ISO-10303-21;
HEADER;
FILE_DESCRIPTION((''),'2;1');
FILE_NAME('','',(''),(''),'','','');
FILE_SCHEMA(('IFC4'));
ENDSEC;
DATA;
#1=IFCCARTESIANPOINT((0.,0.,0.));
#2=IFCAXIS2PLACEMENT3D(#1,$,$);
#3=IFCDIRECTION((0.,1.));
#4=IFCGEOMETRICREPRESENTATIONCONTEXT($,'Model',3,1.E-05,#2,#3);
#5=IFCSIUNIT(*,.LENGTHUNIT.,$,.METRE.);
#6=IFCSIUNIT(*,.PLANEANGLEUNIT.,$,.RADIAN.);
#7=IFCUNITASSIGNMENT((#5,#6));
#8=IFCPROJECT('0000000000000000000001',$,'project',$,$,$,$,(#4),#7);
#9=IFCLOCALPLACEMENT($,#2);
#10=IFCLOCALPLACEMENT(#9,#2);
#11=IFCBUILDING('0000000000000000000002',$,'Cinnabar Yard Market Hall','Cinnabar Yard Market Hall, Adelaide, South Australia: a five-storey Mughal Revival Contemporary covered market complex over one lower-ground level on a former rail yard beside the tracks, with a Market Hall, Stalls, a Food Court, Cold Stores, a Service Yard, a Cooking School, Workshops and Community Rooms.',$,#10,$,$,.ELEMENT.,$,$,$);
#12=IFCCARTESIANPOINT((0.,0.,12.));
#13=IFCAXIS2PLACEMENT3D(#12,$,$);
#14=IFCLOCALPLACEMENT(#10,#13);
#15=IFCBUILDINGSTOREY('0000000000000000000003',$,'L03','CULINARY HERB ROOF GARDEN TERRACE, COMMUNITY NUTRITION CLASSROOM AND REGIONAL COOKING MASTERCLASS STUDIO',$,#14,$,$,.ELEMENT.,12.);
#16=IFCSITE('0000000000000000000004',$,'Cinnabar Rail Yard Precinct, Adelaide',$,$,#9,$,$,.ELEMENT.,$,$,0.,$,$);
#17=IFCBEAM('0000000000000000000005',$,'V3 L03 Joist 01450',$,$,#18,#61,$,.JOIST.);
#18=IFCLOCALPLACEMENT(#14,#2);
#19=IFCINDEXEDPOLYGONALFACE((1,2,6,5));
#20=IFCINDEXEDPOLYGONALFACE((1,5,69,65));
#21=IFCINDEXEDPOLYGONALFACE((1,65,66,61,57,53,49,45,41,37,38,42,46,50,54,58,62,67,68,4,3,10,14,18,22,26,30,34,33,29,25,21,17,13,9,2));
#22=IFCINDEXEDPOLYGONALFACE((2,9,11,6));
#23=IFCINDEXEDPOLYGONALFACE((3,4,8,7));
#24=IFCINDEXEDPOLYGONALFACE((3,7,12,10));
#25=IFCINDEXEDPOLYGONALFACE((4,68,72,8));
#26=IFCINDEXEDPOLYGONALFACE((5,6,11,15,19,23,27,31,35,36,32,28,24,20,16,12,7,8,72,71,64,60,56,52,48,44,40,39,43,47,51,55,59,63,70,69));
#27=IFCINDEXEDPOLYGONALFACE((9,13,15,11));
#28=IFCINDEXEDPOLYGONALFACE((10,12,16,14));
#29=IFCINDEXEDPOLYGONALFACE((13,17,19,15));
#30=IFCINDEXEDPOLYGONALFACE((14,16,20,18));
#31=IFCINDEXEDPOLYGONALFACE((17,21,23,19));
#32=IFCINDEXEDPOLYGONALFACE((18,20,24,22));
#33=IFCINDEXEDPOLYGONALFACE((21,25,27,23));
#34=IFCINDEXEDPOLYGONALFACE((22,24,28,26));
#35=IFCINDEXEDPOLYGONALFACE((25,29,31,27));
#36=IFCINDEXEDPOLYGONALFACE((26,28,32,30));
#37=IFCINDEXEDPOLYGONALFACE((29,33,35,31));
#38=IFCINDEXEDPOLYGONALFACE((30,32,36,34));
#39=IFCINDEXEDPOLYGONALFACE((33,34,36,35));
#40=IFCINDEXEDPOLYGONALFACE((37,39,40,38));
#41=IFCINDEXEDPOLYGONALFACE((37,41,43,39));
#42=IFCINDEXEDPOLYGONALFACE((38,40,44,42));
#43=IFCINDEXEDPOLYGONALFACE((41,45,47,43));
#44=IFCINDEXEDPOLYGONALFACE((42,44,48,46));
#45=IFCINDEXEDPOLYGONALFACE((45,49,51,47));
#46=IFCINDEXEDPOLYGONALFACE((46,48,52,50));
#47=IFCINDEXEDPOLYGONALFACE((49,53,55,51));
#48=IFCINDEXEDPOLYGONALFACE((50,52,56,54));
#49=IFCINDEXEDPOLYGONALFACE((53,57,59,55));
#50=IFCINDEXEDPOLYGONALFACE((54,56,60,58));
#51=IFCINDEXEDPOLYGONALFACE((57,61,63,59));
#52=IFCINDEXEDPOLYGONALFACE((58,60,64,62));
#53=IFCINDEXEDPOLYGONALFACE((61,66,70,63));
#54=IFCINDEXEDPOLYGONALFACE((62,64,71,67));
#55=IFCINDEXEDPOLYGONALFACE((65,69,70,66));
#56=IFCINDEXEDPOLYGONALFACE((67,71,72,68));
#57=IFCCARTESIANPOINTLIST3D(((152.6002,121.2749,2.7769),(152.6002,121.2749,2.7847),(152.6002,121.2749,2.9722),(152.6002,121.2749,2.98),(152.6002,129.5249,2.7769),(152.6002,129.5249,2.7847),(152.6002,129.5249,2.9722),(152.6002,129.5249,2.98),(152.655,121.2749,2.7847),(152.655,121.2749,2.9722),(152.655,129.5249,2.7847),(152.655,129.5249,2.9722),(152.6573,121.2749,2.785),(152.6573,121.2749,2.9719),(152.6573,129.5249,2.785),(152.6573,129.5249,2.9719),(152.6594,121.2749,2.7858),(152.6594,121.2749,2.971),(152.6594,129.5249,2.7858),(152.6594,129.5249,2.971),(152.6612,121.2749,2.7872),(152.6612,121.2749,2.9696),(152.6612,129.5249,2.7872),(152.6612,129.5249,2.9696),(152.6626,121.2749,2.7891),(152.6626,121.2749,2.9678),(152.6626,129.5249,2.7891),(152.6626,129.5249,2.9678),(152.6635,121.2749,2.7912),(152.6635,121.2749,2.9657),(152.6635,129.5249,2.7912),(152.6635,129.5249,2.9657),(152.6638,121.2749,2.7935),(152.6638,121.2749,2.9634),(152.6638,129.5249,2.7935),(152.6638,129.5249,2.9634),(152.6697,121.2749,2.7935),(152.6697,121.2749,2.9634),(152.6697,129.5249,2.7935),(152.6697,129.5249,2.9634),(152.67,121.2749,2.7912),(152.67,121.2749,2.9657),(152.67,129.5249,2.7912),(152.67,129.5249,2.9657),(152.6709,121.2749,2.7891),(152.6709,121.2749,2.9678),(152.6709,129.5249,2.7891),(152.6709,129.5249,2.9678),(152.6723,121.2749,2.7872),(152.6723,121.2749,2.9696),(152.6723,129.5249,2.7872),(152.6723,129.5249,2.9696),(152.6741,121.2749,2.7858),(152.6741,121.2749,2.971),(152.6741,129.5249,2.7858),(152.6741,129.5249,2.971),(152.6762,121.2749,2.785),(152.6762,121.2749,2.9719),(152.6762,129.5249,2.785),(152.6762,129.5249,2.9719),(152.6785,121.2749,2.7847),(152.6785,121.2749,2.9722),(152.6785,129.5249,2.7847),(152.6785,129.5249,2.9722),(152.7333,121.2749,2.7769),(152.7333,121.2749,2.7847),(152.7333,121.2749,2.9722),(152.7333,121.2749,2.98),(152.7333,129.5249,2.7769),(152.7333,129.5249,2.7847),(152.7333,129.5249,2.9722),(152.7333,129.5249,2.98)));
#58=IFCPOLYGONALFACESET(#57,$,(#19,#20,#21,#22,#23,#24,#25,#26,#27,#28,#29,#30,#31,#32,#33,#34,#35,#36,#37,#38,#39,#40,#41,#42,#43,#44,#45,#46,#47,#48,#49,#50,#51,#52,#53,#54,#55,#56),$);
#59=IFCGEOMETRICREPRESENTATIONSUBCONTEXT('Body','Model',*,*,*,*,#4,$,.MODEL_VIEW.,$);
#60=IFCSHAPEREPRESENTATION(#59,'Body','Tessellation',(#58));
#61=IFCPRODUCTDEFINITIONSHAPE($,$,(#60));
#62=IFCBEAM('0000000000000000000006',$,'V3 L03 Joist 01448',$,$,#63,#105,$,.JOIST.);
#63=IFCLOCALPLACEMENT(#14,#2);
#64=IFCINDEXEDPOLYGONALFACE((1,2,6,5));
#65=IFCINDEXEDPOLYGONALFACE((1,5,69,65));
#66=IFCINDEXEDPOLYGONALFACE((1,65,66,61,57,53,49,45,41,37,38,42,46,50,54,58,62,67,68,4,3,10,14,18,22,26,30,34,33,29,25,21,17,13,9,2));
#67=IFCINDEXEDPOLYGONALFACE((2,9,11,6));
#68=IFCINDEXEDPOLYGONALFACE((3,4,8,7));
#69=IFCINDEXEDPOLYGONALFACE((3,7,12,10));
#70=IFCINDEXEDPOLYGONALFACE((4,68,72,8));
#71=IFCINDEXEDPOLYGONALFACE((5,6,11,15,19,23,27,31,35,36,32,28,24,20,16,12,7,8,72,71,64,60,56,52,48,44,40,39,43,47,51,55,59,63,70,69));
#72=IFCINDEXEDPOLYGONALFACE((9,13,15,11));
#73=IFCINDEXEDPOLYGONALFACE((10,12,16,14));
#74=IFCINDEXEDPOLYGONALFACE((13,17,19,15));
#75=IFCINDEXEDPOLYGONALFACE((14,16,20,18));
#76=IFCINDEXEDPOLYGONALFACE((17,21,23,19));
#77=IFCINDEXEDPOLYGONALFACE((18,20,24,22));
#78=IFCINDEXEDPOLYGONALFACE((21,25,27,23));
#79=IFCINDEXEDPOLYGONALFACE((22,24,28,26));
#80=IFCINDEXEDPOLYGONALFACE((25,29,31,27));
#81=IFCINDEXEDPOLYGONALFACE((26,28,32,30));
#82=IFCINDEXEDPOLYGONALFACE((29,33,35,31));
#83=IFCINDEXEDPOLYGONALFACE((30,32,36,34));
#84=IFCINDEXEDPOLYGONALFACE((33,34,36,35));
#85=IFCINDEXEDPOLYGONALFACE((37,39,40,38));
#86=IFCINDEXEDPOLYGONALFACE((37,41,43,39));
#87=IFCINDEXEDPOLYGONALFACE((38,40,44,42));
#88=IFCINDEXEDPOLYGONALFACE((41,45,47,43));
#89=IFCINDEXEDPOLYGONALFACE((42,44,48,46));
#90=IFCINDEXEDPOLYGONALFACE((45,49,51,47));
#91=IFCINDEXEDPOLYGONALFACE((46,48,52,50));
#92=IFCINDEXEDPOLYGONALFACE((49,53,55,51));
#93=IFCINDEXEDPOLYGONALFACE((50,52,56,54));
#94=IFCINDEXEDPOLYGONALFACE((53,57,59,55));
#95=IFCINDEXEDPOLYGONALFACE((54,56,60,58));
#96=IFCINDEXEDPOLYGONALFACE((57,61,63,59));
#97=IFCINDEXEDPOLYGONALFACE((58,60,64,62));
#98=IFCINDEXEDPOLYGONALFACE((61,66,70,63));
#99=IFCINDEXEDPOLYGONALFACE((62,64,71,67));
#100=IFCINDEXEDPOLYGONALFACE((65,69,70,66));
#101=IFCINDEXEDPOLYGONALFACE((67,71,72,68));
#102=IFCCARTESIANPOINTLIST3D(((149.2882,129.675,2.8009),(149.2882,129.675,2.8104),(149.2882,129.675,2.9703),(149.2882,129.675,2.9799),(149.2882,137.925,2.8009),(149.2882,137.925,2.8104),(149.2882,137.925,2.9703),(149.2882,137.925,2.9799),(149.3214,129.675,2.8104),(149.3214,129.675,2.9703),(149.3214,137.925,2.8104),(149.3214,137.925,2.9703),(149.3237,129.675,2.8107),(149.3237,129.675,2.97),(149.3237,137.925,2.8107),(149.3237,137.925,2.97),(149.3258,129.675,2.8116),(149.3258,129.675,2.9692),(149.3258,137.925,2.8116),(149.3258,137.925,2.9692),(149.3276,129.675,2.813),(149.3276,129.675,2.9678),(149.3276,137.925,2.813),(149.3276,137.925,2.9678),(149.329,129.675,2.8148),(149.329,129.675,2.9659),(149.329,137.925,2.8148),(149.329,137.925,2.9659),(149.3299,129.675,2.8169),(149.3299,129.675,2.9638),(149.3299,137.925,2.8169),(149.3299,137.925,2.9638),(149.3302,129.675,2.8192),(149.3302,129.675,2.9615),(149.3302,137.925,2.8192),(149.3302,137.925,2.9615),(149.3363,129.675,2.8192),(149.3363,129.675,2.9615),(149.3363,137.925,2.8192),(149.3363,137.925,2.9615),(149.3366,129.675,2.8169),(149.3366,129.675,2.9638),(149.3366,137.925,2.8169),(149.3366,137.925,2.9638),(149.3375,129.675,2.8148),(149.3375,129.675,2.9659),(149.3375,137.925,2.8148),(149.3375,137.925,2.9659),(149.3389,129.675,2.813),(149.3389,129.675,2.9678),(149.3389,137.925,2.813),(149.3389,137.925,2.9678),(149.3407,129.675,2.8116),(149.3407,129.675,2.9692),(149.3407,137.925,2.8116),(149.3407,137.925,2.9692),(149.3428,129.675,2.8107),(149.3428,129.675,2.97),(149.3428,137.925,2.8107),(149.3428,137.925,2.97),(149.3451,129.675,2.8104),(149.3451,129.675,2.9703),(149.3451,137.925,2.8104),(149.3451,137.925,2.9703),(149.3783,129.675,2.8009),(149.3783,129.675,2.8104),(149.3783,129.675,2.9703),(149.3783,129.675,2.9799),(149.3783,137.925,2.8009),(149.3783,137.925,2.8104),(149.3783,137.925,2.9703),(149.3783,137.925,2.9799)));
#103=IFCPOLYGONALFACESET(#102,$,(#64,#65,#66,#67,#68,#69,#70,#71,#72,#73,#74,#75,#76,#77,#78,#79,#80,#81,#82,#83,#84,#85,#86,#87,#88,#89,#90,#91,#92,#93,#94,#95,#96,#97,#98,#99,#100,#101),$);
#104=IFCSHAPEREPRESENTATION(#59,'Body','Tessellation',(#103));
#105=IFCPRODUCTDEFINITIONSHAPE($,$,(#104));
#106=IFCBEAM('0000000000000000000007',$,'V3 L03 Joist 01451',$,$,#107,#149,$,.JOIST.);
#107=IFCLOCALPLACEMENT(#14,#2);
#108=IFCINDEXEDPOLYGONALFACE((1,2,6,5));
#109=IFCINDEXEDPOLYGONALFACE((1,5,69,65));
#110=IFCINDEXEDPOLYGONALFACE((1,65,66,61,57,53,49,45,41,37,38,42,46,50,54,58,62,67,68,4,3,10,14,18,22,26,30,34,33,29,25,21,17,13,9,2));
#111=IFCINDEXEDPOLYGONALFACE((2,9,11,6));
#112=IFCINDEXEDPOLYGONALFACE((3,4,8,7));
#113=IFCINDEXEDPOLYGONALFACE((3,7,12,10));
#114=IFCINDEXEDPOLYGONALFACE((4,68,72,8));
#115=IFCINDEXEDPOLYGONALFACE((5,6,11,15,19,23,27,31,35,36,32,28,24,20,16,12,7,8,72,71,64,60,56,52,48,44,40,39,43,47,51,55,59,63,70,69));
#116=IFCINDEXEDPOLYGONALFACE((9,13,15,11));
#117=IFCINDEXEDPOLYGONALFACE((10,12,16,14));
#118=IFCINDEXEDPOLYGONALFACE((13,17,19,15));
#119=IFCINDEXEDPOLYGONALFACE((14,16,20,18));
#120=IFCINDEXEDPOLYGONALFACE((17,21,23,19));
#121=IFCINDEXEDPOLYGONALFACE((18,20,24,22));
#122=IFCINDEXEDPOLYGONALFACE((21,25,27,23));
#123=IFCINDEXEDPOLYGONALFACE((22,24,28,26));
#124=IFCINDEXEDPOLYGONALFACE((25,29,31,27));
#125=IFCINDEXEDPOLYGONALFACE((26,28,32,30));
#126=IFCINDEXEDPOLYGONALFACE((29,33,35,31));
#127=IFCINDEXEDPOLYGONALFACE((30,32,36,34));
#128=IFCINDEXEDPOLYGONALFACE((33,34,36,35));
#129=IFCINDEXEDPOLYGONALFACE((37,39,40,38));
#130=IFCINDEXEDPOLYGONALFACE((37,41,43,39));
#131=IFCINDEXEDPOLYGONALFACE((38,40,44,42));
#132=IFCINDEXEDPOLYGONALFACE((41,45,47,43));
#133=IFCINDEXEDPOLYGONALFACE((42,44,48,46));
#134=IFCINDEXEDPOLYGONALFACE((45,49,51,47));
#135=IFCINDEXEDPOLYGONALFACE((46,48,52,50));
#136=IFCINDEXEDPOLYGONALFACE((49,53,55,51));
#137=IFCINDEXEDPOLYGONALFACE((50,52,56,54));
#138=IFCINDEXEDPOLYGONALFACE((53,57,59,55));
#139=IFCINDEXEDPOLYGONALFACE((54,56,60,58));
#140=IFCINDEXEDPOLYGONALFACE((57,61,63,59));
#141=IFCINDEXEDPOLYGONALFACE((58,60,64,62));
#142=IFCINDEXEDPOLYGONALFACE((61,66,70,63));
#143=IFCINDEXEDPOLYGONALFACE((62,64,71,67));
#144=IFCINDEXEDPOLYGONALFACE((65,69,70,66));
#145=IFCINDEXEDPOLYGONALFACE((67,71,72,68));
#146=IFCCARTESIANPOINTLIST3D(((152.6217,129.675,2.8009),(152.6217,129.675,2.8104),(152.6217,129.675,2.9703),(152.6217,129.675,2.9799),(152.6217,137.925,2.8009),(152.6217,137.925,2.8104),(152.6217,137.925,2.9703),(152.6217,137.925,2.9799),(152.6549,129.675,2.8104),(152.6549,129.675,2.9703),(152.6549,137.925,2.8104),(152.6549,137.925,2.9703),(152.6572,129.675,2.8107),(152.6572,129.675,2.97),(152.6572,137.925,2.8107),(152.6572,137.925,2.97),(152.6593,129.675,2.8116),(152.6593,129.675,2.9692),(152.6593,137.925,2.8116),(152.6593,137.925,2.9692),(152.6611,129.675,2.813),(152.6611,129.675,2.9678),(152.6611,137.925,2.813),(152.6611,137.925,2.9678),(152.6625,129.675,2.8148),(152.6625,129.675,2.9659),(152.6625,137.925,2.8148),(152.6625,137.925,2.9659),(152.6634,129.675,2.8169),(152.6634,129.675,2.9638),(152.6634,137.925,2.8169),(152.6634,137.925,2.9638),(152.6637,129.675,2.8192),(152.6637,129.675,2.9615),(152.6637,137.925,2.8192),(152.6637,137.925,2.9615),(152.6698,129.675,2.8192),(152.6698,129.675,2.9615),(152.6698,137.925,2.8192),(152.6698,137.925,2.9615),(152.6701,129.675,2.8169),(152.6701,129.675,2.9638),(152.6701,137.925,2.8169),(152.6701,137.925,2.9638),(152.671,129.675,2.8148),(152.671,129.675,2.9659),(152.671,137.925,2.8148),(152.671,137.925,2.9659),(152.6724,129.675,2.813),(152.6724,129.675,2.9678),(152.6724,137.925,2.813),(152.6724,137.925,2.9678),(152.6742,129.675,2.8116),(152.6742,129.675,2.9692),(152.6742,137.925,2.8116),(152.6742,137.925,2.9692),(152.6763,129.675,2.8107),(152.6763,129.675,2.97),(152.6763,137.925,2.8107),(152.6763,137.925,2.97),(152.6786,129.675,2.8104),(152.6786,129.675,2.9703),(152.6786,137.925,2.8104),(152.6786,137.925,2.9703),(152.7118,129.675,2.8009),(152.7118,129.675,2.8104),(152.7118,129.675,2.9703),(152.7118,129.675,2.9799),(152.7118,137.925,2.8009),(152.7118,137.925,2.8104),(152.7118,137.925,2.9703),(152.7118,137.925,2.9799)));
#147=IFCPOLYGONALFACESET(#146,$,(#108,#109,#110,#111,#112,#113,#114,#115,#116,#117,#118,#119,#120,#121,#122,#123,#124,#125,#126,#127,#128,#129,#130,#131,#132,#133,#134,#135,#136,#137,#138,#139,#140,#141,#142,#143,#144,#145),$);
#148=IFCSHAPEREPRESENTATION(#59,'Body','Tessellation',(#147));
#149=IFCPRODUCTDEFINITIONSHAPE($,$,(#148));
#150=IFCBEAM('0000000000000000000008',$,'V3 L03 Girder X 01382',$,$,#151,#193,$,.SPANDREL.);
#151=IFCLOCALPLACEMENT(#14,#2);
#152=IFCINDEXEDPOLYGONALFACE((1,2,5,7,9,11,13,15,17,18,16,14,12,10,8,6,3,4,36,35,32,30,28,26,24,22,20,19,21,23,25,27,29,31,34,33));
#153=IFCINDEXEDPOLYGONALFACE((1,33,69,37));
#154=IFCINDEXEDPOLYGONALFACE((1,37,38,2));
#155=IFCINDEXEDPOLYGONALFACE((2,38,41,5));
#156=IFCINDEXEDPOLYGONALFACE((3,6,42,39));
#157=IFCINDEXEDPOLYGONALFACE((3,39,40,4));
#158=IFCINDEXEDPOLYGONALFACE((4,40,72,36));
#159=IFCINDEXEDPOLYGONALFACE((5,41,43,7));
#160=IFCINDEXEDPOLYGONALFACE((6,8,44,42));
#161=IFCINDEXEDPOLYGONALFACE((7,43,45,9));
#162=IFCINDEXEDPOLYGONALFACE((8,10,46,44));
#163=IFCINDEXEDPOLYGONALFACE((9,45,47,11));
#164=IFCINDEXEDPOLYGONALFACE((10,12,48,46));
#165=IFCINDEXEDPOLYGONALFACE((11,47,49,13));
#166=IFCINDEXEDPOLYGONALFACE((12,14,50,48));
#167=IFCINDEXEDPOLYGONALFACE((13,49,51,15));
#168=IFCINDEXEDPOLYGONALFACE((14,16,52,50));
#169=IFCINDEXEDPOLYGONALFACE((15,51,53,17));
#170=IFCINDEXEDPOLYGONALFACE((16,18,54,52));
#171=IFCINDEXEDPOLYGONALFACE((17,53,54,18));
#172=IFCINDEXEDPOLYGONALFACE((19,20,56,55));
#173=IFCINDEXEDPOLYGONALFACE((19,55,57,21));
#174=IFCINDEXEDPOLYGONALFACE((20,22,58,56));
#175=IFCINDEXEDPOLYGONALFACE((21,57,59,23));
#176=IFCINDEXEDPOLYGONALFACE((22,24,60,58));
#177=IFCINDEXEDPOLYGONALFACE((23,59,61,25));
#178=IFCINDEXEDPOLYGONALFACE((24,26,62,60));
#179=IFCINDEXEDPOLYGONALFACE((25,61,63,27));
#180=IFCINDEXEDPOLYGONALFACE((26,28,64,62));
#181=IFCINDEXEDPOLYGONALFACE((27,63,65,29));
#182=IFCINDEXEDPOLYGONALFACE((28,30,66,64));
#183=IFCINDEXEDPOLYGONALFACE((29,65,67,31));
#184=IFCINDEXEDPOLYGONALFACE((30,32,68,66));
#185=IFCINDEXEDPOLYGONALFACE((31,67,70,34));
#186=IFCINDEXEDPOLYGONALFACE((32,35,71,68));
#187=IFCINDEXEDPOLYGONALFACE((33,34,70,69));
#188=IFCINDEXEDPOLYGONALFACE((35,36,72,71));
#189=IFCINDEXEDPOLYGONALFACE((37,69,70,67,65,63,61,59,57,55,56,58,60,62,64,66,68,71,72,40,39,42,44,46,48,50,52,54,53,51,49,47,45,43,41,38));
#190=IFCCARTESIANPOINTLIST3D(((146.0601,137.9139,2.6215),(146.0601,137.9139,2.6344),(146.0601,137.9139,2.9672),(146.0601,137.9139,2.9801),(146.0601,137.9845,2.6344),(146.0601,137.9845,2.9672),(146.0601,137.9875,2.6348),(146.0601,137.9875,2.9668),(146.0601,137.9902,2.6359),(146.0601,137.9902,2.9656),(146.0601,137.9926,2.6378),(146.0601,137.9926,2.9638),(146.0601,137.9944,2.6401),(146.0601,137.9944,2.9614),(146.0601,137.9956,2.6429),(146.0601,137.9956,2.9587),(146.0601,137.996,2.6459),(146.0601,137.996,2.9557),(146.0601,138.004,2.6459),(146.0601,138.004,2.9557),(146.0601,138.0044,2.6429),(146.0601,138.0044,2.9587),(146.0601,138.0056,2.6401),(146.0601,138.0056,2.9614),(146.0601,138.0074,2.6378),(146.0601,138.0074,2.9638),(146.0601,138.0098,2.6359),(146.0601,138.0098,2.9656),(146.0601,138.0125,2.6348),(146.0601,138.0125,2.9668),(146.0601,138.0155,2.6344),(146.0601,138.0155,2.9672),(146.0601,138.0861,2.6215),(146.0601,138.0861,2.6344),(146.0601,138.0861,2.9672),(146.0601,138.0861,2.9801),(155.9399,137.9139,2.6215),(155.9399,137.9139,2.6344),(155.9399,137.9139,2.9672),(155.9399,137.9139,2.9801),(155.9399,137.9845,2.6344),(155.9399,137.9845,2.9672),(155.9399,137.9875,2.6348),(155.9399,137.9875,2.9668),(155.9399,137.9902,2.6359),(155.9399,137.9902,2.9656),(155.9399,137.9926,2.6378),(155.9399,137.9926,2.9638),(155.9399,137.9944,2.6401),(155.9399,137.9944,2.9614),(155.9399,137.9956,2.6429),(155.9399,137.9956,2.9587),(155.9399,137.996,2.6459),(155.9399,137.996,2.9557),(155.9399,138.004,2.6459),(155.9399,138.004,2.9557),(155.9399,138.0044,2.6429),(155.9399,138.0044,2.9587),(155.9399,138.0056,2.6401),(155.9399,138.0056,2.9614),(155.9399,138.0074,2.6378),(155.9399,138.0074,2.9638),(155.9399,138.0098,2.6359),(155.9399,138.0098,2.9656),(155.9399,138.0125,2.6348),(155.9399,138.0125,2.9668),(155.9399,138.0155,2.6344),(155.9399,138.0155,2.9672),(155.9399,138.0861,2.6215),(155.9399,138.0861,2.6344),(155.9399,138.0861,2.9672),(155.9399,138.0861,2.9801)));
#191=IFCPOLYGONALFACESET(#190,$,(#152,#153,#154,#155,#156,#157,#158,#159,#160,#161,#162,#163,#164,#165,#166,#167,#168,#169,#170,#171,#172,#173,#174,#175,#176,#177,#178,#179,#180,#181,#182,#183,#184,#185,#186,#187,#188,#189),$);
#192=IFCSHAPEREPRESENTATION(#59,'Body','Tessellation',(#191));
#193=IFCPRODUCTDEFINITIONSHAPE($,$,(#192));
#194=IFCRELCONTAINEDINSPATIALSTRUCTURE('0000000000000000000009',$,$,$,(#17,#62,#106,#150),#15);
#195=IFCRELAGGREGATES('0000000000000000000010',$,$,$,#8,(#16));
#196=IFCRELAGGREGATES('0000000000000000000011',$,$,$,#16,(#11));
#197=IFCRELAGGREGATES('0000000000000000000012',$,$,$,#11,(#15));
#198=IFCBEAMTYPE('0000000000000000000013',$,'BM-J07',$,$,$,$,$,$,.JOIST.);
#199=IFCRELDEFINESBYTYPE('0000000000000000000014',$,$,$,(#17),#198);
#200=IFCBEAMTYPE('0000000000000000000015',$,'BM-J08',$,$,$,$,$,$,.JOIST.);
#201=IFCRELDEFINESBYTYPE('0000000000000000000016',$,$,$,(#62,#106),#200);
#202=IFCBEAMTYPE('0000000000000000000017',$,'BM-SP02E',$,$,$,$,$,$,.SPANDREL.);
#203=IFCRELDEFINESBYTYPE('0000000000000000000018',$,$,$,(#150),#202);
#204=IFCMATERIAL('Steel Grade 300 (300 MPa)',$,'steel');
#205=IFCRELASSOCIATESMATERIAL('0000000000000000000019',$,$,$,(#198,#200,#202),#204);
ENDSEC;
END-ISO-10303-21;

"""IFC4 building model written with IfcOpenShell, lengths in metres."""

from ifc_helpers import new_model, si_unit, direction, frame, origin, origin_2d_with_axis, place, context, subcontext, project, spatial, i_section, extrude, material, material_profile, profile_set, type_object, element, save


model = new_model("IFC4")

# Units and contexts
model_context = context("Model", 3, precision=1e-05, world=origin(), true_north=direction((0.0, 1.0)))
body_context = subcontext(model_context, "Body", "Model", "MODEL_VIEW")
ifc_project = project(units=[si_unit("LENGTHUNIT", "METRE"), si_unit("PLANEANGLEUNIT", "RADIAN")], contexts=[model_context])

# Site, building, storey
site_placement = place(None, origin())
site = spatial("IfcSite", under=ifc_project, at=site_placement, Name="Cinnabar Rail Yard Precinct, Adelaide", CompositionType="ELEMENT", RefElevation=0.0)
building_placement = place(site_placement, origin())
building = spatial("IfcBuilding", under=site, at=building_placement, Name="Cinnabar Yard Market Hall", Description="Cinnabar Yard Market Hall, Adelaide, South Australia: a five-storey Mughal Revival Contemporary covered market complex over one lower-ground level on a former rail yard beside the tracks, with a Market Hall, Stalls, a Food Court, Cold Stores, a Service Yard, a Cooking School, Workshops and Community Rooms.", CompositionType="ELEMENT")
storey_placement = place(building_placement, frame((0.0, 0.0, 12.0)))
storey = spatial("IfcBuildingStorey", under=building, at=storey_placement, Name="L03", Description="CULINARY HERB ROOF GARDEN TERRACE, COMMUNITY NUTRITION CLASSROOM AND REGIONAL COOKING MASTERCLASS STUDIO", CompositionType="ELEMENT", Elevation=12.0)

# Shared definitions
ifc_material_1 = material(Name="Steel Grade 300 (300 MPa)", Category="steel")

# Beams
ifc_material_profile_1 = material_profile(ifc_material_1, i_section(OverallWidth=0.1331, OverallDepth=0.2031, WebThickness=0.0059, FlangeThickness=0.0078, FilletRadius=0.0088, at=origin_2d_with_axis()), Name="200UB25.4")
ifc_profile_set_1 = profile_set([ifc_material_profile_1], Name="Steel Grade 300 (300 MPa)")
beam_type_1 = type_object("IfcBeamType", Name="BM-J07", PredefinedType="JOIST", material=ifc_profile_set_1)
beam_1_placement = place(storey_placement, frame((152.6667, 121.2749, 2.8784), z_axis=(0.0, 1.0, 0.0), x_axis=(-1.0, 0.0, 0.0)))
element("IfcBeam", 1, at=beam_1_placement, inside=storey, type_object=beam_type_1, Name="V3 L03 Joist 01450", PredefinedType="JOIST", context=body_context, shape_type="SweptSolid", body=[
    extrude(i_section(OverallWidth=0.1331, OverallDepth=0.2031, WebThickness=0.0059, FlangeThickness=0.0078, FilletRadius=0.0088, at=origin_2d_with_axis()), origin(), (0.0, 0.0, 1.0), 8.25),
])
ifc_material_profile_2 = material_profile(ifc_material_1, i_section(OverallWidth=0.0901, OverallDepth=0.179, WebThickness=0.0061, FlangeThickness=0.0095, FilletRadius=0.0088, at=origin_2d_with_axis()), Name="180UB22.2")
ifc_profile_set_2 = profile_set([ifc_material_profile_2], Name="Steel Grade 300 (300 MPa)")
beam_type_2 = type_object("IfcBeamType", Name="BM-J08", PredefinedType="JOIST", material=ifc_profile_set_2)
for number, where, z_axis, x_axis, name in (
    (2, (149.3333, 129.675, 2.8904), (0.0, 1.0, 0.0), (-1.0, 0.0, 0.0), "V3 L03 Joist 01448"),
    (3, (152.6667, 129.675, 2.8904), (0.0, 1.0, 0.0), (-1.0, 0.0, 0.0), "V3 L03 Joist 01451"),
):
    element("IfcBeam", number, at=place(storey_placement, frame(where, z_axis=z_axis, x_axis=x_axis)), inside=storey, type_object=beam_type_2, Name=name, PredefinedType="JOIST", context=body_context, shape_type="SweptSolid", body=[
        extrude(i_section(OverallWidth=0.0901, OverallDepth=0.179, WebThickness=0.0061, FlangeThickness=0.0095, FilletRadius=0.0088, at=origin_2d_with_axis()), origin(), (0.0, 0.0, 1.0), 8.25),
    ])
ifc_material_profile_3 = material_profile(ifc_material_1, i_section(OverallWidth=0.1721, OverallDepth=0.3586, WebThickness=0.0081, FlangeThickness=0.0129, FilletRadius=0.0115, at=origin_2d_with_axis()), Name="360UB56.7")
ifc_profile_set_3 = profile_set([ifc_material_profile_3], Name="Steel Grade 300 (300 MPa)")
beam_type_3 = type_object("IfcBeamType", Name="BM-SP02E", PredefinedType="SPANDREL", material=ifc_profile_set_3)
beam_2_placement = place(storey_placement, frame((146.0601, 138.0, 2.8008), z_axis=(1.0, 0.0, 0.0), x_axis=(0.0, 1.0, 0.0)))
element("IfcBeam", 4, at=beam_2_placement, inside=storey, type_object=beam_type_3, Name="V3 L03 Girder X 01382", PredefinedType="SPANDREL", context=body_context, shape_type="SweptSolid", body=[
    extrude(i_section(OverallWidth=0.1721, OverallDepth=0.3586, WebThickness=0.0081, FlangeThickness=0.0129, FilletRadius=0.0115, at=origin_2d_with_axis()), origin(), (0.0, 0.0, 1.0), 9.8799),
])

save(model, "model.ifc")
